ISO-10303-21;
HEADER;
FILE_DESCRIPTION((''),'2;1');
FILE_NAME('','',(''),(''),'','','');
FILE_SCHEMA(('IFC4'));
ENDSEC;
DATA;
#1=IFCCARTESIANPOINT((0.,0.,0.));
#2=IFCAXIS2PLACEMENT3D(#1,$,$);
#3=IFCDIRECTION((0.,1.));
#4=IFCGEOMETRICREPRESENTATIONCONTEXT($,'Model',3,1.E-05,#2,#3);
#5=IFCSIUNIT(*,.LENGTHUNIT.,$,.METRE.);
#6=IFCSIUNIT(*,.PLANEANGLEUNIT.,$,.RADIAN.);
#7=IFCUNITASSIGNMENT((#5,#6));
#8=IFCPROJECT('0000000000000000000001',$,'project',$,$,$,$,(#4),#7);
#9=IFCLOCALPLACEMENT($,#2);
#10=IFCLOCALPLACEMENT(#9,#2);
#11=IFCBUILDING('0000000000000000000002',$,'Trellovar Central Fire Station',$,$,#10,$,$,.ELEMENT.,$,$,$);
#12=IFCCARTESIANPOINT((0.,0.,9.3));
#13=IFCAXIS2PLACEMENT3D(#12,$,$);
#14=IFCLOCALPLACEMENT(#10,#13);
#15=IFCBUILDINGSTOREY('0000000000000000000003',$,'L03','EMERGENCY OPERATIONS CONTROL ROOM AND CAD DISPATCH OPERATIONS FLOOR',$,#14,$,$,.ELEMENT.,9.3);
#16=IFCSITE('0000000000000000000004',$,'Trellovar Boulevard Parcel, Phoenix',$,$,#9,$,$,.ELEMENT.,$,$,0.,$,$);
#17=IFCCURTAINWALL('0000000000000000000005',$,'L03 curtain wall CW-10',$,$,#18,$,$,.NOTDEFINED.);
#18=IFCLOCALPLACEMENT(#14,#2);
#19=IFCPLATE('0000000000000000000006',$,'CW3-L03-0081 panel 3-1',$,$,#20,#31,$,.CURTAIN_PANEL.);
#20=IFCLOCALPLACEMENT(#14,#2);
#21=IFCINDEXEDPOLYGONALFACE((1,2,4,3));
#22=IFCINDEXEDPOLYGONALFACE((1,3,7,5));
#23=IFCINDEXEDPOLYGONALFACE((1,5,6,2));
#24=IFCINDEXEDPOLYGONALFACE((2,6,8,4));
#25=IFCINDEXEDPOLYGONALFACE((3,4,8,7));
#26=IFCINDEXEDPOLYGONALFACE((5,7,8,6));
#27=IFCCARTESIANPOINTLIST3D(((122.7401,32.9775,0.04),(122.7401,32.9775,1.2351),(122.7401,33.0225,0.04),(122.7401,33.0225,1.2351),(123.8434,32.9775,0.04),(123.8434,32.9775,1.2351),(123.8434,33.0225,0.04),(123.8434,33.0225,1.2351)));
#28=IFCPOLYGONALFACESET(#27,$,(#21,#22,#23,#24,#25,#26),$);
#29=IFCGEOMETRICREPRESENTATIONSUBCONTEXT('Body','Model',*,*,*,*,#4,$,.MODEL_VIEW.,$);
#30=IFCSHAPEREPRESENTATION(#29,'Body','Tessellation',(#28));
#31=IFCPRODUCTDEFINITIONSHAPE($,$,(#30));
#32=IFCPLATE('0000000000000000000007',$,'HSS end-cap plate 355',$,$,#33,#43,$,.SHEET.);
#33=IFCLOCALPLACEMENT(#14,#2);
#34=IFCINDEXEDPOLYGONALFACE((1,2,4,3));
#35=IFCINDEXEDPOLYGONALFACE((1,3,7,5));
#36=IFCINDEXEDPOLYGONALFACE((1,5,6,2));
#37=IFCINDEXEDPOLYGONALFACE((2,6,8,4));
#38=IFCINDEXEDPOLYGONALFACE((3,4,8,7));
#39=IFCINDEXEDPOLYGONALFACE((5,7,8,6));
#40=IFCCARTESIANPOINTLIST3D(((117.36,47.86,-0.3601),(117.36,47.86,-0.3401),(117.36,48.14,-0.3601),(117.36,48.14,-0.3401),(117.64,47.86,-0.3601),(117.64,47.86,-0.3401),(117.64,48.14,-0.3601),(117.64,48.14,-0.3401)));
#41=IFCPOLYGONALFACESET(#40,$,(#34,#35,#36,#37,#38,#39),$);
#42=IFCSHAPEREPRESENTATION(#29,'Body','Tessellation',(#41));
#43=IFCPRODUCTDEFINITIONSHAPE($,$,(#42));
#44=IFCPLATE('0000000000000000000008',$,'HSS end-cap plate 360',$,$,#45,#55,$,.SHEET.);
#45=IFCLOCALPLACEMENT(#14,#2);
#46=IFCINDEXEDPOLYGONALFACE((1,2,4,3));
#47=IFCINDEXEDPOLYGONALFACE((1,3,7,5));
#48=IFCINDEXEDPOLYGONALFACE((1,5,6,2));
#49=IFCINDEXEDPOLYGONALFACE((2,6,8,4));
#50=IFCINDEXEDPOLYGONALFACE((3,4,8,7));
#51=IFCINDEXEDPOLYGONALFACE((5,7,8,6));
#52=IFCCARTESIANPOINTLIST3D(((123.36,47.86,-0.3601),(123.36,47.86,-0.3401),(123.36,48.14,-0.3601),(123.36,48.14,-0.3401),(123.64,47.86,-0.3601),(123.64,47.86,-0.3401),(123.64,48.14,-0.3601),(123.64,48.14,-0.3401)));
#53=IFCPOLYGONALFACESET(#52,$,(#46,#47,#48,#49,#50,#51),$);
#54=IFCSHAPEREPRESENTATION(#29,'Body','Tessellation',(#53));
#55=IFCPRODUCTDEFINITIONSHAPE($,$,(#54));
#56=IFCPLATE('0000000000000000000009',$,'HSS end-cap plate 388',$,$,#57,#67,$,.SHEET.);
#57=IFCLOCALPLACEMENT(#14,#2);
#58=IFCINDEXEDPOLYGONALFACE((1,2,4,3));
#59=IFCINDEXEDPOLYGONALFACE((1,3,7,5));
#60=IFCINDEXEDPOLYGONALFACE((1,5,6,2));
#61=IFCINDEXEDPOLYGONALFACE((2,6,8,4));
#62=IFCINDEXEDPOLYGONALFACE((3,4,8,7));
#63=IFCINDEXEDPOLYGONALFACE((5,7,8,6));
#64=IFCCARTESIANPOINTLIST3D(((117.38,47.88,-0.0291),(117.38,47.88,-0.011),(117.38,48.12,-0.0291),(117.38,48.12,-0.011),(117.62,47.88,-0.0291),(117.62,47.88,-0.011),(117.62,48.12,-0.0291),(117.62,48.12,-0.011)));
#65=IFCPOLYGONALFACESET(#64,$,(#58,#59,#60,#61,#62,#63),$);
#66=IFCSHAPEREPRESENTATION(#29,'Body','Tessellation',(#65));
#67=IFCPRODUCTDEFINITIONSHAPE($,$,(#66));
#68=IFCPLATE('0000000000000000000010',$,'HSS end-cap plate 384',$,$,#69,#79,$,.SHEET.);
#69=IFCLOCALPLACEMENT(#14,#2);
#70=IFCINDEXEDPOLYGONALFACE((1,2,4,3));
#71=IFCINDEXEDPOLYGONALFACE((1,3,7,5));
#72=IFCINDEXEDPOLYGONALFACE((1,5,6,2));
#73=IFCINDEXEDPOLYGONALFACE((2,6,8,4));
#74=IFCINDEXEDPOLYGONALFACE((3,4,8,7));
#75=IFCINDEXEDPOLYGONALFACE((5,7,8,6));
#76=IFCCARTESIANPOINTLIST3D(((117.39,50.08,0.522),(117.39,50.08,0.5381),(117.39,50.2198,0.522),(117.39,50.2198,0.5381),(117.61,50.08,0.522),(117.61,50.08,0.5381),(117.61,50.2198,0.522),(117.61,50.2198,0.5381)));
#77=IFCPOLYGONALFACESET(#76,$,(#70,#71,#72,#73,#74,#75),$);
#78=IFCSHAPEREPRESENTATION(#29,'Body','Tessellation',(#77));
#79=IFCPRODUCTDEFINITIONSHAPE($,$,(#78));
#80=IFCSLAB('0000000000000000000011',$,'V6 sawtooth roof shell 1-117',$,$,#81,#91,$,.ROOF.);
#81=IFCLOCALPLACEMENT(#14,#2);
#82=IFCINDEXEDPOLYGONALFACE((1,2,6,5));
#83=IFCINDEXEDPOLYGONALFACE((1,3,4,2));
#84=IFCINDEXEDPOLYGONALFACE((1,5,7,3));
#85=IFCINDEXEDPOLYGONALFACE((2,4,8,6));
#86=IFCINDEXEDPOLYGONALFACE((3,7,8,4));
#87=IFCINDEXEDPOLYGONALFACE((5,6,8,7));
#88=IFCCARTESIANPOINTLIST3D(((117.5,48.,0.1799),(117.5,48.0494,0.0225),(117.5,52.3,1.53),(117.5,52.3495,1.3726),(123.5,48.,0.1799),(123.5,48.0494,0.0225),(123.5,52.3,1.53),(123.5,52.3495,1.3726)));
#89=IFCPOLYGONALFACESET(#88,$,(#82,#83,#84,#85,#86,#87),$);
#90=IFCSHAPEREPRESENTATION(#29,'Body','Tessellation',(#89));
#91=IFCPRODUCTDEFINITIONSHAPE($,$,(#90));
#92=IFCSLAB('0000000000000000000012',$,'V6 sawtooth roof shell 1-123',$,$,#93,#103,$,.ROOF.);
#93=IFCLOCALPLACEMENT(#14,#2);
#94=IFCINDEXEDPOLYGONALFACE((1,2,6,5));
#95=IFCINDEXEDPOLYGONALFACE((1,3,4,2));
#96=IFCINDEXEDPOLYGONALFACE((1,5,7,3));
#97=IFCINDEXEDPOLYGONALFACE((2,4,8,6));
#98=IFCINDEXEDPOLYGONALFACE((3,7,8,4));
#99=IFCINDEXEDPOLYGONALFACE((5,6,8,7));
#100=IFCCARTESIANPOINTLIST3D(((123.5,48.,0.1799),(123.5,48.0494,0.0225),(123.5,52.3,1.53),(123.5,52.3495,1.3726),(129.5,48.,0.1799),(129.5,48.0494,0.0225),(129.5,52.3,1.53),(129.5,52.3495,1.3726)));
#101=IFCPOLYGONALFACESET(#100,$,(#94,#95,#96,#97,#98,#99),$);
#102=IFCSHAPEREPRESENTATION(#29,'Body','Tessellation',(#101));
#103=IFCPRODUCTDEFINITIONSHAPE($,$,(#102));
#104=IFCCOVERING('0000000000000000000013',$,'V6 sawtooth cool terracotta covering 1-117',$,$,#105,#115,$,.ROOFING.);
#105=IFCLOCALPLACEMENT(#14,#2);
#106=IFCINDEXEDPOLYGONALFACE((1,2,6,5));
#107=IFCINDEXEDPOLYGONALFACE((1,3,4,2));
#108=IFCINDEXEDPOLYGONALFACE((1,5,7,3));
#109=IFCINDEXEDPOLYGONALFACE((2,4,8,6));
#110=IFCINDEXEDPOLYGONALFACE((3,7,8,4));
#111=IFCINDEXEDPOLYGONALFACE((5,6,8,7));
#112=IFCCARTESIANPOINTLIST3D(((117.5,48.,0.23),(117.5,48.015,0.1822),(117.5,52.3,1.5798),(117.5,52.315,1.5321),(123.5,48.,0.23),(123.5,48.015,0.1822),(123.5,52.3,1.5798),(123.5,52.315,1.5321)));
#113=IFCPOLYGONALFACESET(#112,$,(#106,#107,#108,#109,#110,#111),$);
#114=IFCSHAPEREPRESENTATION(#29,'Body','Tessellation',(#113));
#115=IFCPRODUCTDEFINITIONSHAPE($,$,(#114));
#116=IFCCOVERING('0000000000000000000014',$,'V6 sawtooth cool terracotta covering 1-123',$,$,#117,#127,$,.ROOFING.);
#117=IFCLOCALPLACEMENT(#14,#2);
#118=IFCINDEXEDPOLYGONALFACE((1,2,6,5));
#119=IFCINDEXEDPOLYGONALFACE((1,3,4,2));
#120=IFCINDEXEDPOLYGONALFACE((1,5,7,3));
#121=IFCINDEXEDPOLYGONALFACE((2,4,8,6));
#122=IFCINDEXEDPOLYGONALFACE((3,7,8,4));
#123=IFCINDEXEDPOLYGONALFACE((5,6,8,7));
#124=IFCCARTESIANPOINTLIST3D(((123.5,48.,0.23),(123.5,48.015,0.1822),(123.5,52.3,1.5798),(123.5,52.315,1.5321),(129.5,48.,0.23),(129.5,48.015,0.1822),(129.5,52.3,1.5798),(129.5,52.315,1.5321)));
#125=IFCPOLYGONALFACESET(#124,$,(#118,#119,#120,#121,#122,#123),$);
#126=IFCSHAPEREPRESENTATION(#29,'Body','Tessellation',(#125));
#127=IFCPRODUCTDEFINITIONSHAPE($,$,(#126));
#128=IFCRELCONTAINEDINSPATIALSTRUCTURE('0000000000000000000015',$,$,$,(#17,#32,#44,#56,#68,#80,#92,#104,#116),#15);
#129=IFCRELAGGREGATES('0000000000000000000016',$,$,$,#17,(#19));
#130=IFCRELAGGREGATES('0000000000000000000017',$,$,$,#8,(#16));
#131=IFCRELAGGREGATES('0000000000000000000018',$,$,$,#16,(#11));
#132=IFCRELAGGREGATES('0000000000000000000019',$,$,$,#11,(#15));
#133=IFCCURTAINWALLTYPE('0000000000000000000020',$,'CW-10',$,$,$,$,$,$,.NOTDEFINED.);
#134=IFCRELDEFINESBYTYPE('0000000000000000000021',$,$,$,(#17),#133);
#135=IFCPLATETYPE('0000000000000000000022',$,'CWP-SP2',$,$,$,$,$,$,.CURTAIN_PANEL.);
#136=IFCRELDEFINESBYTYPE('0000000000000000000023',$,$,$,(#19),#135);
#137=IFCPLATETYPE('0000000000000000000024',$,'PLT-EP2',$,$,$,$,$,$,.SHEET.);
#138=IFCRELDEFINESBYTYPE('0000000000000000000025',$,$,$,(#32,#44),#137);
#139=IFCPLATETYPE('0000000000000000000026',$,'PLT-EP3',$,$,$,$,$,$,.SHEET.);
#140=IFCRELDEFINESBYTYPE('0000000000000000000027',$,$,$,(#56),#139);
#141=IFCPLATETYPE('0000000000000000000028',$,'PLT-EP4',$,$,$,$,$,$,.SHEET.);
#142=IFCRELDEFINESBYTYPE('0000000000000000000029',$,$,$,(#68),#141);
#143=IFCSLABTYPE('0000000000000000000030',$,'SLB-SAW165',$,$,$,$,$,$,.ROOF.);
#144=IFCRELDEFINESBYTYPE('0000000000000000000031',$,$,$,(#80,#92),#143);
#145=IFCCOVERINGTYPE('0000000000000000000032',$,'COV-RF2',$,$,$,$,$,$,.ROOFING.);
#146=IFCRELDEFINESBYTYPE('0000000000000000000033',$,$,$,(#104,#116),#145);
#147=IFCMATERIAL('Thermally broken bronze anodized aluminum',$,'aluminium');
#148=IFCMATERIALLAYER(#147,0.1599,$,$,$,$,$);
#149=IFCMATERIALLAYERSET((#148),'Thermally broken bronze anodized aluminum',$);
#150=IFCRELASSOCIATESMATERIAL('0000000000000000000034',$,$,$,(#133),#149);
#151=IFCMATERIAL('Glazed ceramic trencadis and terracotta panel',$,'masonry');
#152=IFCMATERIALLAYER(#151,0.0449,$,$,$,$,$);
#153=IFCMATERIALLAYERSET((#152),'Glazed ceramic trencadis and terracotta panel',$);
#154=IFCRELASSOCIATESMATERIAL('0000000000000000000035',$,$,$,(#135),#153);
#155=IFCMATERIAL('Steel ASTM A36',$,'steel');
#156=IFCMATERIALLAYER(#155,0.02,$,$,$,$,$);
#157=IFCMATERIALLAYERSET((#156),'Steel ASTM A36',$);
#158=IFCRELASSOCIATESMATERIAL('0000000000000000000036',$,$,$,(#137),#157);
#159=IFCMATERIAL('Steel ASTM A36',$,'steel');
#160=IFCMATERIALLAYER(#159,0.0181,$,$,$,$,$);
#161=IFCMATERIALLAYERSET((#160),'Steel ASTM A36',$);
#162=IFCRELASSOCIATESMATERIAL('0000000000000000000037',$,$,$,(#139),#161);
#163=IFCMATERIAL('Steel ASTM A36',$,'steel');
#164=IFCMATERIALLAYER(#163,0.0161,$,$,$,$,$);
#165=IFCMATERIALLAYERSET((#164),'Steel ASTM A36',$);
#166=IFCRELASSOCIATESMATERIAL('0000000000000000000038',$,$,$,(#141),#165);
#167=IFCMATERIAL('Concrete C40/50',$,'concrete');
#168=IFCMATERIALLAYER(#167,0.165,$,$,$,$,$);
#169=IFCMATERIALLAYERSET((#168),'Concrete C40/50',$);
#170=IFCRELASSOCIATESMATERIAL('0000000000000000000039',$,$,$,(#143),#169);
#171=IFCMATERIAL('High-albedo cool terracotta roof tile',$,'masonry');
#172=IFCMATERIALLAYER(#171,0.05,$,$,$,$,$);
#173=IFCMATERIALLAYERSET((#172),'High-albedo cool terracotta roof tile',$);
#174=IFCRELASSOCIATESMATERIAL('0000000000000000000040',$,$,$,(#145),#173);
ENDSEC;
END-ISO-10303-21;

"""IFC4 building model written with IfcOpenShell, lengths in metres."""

from ifc_helpers import new_model, si_unit, direction, frame, origin, origin_2d, place, context, subcontext, project, spatial, polyline, rectangle, outline, extrude, material, layer, layer_set, type_object, element, aggregate, save


model = new_model("IFC4")

# Units and contexts
model_context = context("Model", 3, precision=1e-05, world=origin(), true_north=direction((0.0, 1.0)))
body_context = subcontext(model_context, "Body", "Model", "MODEL_VIEW")
ifc_project = project(units=[si_unit("LENGTHUNIT", "METRE"), si_unit("PLANEANGLEUNIT", "RADIAN")], contexts=[model_context])

# Site, building, storey
site_placement = place(None, origin())
site = spatial("IfcSite", under=ifc_project, at=site_placement, Name="Trellovar Boulevard Parcel, Phoenix", CompositionType="ELEMENT", RefElevation=0.0)
building_placement = place(site_placement, origin())
building = spatial("IfcBuilding", under=site, at=building_placement, Name="Trellovar Central Fire Station", CompositionType="ELEMENT")
storey_placement = place(building_placement, frame((0.0, 0.0, 9.3)))
storey = spatial("IfcBuildingStorey", under=building, at=storey_placement, Name="L03", Description="EMERGENCY OPERATIONS CONTROL ROOM AND CAD DISPATCH OPERATIONS FLOOR", CompositionType="ELEMENT", Elevation=9.3)

# Curtain wall
ifc_material_1 = material(Name="Thermally broken bronze anodized aluminum", Category="aluminium")
ifc_layer_1 = layer(ifc_material_1, 0.1599)
ifc_layer_set_1 = layer_set([ifc_layer_1], Name="Thermally broken bronze anodized aluminum")
curtain_wall_type_1 = type_object("IfcCurtainWallType", Name="CW-10", PredefinedType="NOTDEFINED", material=ifc_layer_set_1)
curtain_wall_1_placement = place(storey_placement, origin())
curtain_wall_1 = element("IfcCurtainWall", 1, at=curtain_wall_1_placement, inside=storey, type_object=curtain_wall_type_1, Name="L03 curtain wall CW-10", PredefinedType="NOTDEFINED")

# Plate
ifc_material_2 = material(Name="Glazed ceramic trencadis and terracotta panel", Category="masonry")
ifc_layer_2 = layer(ifc_material_2, 0.0449)
ifc_layer_set_2 = layer_set([ifc_layer_2], Name="Glazed ceramic trencadis and terracotta panel")
plate_type_1 = type_object("IfcPlateType", Name="CWP-SP2", PredefinedType="CURTAIN_PANEL", material=ifc_layer_set_2)
plate_1_placement = place(storey_placement, frame((123.2917, 33.0, 0.04), z_axis=(0.0, 0.0, 1.0), x_axis=(-1.0, 0.0, 0.0)))
plate_1 = element("IfcPlate", 2, at=plate_1_placement, type_object=plate_type_1, Name="CW3-L03-0081 panel 3-1", PredefinedType="CURTAIN_PANEL", context=body_context, shape_type="SweptSolid", body=[
    extrude(rectangle(XDim=1.1033, YDim=0.0449, at=origin_2d()), origin(), (0.0, 0.0, 1.0), 1.1951),
])
aggregate(curtain_wall_1, [plate_1])

# Plates
ifc_material_3 = material(Name="Steel ASTM A36", Category="steel")
ifc_layer_3 = layer(ifc_material_3, 0.02)
ifc_layer_set_3 = layer_set([ifc_layer_3], Name="Steel ASTM A36")
plate_type_2 = type_object("IfcPlateType", Name="PLT-EP2", PredefinedType="SHEET", material=ifc_layer_set_3)
for number, where, z_axis, x_axis, name in (
    (3, (117.5, 48.0, -0.3601), (0.0, 0.0, 1.0), (1.0, 0.0, 0.0), "HSS end-cap plate 355"),
    (4, (123.5, 48.0, -0.3601), (0.0, 0.0, 1.0), (1.0, 0.0, 0.0), "HSS end-cap plate 360"),
):
    element("IfcPlate", number, at=place(storey_placement, frame(where, z_axis=z_axis, x_axis=x_axis)), inside=storey, type_object=plate_type_2, Name=name, PredefinedType="SHEET", context=body_context, shape_type="SweptSolid", body=[
        extrude(rectangle(XDim=0.28, YDim=0.28, at=origin_2d()), origin(), (0.0, 0.0, 1.0), 0.02),
    ])
ifc_material_4 = material(Name="Steel ASTM A36", Category="steel")
ifc_layer_4 = layer(ifc_material_4, 0.0181)
ifc_layer_set_4 = layer_set([ifc_layer_4], Name="Steel ASTM A36")
plate_type_3 = type_object("IfcPlateType", Name="PLT-EP3", PredefinedType="SHEET", material=ifc_layer_set_4)
plate_2_placement = place(storey_placement, frame((117.5, 48.0, -0.0291), z_axis=(0.0, 0.0, 1.0), x_axis=(1.0, 0.0, 0.0)))
element("IfcPlate", 5, at=plate_2_placement, inside=storey, type_object=plate_type_3, Name="HSS end-cap plate 388", PredefinedType="SHEET", context=body_context, shape_type="SweptSolid", body=[
    extrude(rectangle(XDim=0.24, YDim=0.24, at=origin_2d()), origin(), (0.0, 0.0, 1.0), 0.0181),
])
ifc_material_5 = material(Name="Steel ASTM A36", Category="steel")
ifc_layer_5 = layer(ifc_material_5, 0.0161)
ifc_layer_set_5 = layer_set([ifc_layer_5], Name="Steel ASTM A36")
plate_type_4 = type_object("IfcPlateType", Name="PLT-EP4", PredefinedType="SHEET", material=ifc_layer_set_5)
plate_3_placement = place(storey_placement, frame((117.5, 50.1499, 0.522), z_axis=(0.0, 0.0, 1.0), x_axis=(1.0, 0.0, 0.0)))
element("IfcPlate", 6, at=plate_3_placement, inside=storey, type_object=plate_type_4, Name="HSS end-cap plate 384", PredefinedType="SHEET", context=body_context, shape_type="SweptSolid", body=[
    extrude(rectangle(XDim=0.22, YDim=0.1399, at=origin_2d()), origin(), (0.0, 0.0, 1.0), 0.0161),
])

# Slabs
ifc_material_6 = material(Name="Concrete C40/50", Category="concrete")
ifc_layer_6 = layer(ifc_material_6, 0.165)
ifc_layer_set_6 = layer_set([ifc_layer_6], Name="Concrete C40/50")
slab_type = type_object("IfcSlabType", Name="SLB-SAW165", PredefinedType="ROOF", material=ifc_layer_set_6)
for number, where, z_axis, x_axis, name in (
    (7, (117.5, 48.0, 0.1799), (0.0, -0.299555, 0.954079), (1.0, 0.0, 0.0), "V6 sawtooth roof shell 1-117"),
    (8, (123.5, 48.0, 0.1799), (0.0, -0.299555, 0.954079), (1.0, 0.0, 0.0), "V6 sawtooth roof shell 1-123"),
):
    element("IfcSlab", number, at=place(storey_placement, frame(where, z_axis=z_axis, x_axis=x_axis)), inside=storey, type_object=slab_type, Name=name, PredefinedType="ROOF", context=body_context, shape_type="SweptSolid", body=[
        extrude(outline(polyline([(0.0, 0.0), (6.0, 0.0), (6.0, 4.507), (0.0, 4.507), (0.0, 0.0)])), origin(), (0.0, 0.0, -1.0), 0.165),
    ])

# Coverings
ifc_material_7 = material(Name="High-albedo cool terracotta roof tile", Category="masonry")
ifc_layer_7 = layer(ifc_material_7, 0.05)
ifc_layer_set_7 = layer_set([ifc_layer_7], Name="High-albedo cool terracotta roof tile")
covering_type = type_object("IfcCoveringType", Name="COV-RF2", PredefinedType="ROOFING", material=ifc_layer_set_7)
for number, where, z_axis, x_axis, name in (
    (9, (117.5, 48.0, 0.23), (0.0, -0.299505, 0.954095), (1.0, 0.0, 0.0), "V6 sawtooth cool terracotta covering 1-117"),
    (10, (123.5, 48.0, 0.23), (0.0, -0.299505, 0.954095), (1.0, 0.0, 0.0), "V6 sawtooth cool terracotta covering 1-123"),
):
    element("IfcCovering", number, at=place(storey_placement, frame(where, z_axis=z_axis, x_axis=x_axis)), inside=storey, type_object=covering_type, Name=name, PredefinedType="ROOFING", context=body_context, shape_type="SweptSolid", body=[
        extrude(outline(polyline([(0.0, 0.0), (6.0, 0.0), (6.0, 4.5069), (0.0, 4.5069), (0.0, 0.0)])), origin(), (0.0, 0.0, -1.0), 0.05),
    ])

save(model, "model.ifc")
